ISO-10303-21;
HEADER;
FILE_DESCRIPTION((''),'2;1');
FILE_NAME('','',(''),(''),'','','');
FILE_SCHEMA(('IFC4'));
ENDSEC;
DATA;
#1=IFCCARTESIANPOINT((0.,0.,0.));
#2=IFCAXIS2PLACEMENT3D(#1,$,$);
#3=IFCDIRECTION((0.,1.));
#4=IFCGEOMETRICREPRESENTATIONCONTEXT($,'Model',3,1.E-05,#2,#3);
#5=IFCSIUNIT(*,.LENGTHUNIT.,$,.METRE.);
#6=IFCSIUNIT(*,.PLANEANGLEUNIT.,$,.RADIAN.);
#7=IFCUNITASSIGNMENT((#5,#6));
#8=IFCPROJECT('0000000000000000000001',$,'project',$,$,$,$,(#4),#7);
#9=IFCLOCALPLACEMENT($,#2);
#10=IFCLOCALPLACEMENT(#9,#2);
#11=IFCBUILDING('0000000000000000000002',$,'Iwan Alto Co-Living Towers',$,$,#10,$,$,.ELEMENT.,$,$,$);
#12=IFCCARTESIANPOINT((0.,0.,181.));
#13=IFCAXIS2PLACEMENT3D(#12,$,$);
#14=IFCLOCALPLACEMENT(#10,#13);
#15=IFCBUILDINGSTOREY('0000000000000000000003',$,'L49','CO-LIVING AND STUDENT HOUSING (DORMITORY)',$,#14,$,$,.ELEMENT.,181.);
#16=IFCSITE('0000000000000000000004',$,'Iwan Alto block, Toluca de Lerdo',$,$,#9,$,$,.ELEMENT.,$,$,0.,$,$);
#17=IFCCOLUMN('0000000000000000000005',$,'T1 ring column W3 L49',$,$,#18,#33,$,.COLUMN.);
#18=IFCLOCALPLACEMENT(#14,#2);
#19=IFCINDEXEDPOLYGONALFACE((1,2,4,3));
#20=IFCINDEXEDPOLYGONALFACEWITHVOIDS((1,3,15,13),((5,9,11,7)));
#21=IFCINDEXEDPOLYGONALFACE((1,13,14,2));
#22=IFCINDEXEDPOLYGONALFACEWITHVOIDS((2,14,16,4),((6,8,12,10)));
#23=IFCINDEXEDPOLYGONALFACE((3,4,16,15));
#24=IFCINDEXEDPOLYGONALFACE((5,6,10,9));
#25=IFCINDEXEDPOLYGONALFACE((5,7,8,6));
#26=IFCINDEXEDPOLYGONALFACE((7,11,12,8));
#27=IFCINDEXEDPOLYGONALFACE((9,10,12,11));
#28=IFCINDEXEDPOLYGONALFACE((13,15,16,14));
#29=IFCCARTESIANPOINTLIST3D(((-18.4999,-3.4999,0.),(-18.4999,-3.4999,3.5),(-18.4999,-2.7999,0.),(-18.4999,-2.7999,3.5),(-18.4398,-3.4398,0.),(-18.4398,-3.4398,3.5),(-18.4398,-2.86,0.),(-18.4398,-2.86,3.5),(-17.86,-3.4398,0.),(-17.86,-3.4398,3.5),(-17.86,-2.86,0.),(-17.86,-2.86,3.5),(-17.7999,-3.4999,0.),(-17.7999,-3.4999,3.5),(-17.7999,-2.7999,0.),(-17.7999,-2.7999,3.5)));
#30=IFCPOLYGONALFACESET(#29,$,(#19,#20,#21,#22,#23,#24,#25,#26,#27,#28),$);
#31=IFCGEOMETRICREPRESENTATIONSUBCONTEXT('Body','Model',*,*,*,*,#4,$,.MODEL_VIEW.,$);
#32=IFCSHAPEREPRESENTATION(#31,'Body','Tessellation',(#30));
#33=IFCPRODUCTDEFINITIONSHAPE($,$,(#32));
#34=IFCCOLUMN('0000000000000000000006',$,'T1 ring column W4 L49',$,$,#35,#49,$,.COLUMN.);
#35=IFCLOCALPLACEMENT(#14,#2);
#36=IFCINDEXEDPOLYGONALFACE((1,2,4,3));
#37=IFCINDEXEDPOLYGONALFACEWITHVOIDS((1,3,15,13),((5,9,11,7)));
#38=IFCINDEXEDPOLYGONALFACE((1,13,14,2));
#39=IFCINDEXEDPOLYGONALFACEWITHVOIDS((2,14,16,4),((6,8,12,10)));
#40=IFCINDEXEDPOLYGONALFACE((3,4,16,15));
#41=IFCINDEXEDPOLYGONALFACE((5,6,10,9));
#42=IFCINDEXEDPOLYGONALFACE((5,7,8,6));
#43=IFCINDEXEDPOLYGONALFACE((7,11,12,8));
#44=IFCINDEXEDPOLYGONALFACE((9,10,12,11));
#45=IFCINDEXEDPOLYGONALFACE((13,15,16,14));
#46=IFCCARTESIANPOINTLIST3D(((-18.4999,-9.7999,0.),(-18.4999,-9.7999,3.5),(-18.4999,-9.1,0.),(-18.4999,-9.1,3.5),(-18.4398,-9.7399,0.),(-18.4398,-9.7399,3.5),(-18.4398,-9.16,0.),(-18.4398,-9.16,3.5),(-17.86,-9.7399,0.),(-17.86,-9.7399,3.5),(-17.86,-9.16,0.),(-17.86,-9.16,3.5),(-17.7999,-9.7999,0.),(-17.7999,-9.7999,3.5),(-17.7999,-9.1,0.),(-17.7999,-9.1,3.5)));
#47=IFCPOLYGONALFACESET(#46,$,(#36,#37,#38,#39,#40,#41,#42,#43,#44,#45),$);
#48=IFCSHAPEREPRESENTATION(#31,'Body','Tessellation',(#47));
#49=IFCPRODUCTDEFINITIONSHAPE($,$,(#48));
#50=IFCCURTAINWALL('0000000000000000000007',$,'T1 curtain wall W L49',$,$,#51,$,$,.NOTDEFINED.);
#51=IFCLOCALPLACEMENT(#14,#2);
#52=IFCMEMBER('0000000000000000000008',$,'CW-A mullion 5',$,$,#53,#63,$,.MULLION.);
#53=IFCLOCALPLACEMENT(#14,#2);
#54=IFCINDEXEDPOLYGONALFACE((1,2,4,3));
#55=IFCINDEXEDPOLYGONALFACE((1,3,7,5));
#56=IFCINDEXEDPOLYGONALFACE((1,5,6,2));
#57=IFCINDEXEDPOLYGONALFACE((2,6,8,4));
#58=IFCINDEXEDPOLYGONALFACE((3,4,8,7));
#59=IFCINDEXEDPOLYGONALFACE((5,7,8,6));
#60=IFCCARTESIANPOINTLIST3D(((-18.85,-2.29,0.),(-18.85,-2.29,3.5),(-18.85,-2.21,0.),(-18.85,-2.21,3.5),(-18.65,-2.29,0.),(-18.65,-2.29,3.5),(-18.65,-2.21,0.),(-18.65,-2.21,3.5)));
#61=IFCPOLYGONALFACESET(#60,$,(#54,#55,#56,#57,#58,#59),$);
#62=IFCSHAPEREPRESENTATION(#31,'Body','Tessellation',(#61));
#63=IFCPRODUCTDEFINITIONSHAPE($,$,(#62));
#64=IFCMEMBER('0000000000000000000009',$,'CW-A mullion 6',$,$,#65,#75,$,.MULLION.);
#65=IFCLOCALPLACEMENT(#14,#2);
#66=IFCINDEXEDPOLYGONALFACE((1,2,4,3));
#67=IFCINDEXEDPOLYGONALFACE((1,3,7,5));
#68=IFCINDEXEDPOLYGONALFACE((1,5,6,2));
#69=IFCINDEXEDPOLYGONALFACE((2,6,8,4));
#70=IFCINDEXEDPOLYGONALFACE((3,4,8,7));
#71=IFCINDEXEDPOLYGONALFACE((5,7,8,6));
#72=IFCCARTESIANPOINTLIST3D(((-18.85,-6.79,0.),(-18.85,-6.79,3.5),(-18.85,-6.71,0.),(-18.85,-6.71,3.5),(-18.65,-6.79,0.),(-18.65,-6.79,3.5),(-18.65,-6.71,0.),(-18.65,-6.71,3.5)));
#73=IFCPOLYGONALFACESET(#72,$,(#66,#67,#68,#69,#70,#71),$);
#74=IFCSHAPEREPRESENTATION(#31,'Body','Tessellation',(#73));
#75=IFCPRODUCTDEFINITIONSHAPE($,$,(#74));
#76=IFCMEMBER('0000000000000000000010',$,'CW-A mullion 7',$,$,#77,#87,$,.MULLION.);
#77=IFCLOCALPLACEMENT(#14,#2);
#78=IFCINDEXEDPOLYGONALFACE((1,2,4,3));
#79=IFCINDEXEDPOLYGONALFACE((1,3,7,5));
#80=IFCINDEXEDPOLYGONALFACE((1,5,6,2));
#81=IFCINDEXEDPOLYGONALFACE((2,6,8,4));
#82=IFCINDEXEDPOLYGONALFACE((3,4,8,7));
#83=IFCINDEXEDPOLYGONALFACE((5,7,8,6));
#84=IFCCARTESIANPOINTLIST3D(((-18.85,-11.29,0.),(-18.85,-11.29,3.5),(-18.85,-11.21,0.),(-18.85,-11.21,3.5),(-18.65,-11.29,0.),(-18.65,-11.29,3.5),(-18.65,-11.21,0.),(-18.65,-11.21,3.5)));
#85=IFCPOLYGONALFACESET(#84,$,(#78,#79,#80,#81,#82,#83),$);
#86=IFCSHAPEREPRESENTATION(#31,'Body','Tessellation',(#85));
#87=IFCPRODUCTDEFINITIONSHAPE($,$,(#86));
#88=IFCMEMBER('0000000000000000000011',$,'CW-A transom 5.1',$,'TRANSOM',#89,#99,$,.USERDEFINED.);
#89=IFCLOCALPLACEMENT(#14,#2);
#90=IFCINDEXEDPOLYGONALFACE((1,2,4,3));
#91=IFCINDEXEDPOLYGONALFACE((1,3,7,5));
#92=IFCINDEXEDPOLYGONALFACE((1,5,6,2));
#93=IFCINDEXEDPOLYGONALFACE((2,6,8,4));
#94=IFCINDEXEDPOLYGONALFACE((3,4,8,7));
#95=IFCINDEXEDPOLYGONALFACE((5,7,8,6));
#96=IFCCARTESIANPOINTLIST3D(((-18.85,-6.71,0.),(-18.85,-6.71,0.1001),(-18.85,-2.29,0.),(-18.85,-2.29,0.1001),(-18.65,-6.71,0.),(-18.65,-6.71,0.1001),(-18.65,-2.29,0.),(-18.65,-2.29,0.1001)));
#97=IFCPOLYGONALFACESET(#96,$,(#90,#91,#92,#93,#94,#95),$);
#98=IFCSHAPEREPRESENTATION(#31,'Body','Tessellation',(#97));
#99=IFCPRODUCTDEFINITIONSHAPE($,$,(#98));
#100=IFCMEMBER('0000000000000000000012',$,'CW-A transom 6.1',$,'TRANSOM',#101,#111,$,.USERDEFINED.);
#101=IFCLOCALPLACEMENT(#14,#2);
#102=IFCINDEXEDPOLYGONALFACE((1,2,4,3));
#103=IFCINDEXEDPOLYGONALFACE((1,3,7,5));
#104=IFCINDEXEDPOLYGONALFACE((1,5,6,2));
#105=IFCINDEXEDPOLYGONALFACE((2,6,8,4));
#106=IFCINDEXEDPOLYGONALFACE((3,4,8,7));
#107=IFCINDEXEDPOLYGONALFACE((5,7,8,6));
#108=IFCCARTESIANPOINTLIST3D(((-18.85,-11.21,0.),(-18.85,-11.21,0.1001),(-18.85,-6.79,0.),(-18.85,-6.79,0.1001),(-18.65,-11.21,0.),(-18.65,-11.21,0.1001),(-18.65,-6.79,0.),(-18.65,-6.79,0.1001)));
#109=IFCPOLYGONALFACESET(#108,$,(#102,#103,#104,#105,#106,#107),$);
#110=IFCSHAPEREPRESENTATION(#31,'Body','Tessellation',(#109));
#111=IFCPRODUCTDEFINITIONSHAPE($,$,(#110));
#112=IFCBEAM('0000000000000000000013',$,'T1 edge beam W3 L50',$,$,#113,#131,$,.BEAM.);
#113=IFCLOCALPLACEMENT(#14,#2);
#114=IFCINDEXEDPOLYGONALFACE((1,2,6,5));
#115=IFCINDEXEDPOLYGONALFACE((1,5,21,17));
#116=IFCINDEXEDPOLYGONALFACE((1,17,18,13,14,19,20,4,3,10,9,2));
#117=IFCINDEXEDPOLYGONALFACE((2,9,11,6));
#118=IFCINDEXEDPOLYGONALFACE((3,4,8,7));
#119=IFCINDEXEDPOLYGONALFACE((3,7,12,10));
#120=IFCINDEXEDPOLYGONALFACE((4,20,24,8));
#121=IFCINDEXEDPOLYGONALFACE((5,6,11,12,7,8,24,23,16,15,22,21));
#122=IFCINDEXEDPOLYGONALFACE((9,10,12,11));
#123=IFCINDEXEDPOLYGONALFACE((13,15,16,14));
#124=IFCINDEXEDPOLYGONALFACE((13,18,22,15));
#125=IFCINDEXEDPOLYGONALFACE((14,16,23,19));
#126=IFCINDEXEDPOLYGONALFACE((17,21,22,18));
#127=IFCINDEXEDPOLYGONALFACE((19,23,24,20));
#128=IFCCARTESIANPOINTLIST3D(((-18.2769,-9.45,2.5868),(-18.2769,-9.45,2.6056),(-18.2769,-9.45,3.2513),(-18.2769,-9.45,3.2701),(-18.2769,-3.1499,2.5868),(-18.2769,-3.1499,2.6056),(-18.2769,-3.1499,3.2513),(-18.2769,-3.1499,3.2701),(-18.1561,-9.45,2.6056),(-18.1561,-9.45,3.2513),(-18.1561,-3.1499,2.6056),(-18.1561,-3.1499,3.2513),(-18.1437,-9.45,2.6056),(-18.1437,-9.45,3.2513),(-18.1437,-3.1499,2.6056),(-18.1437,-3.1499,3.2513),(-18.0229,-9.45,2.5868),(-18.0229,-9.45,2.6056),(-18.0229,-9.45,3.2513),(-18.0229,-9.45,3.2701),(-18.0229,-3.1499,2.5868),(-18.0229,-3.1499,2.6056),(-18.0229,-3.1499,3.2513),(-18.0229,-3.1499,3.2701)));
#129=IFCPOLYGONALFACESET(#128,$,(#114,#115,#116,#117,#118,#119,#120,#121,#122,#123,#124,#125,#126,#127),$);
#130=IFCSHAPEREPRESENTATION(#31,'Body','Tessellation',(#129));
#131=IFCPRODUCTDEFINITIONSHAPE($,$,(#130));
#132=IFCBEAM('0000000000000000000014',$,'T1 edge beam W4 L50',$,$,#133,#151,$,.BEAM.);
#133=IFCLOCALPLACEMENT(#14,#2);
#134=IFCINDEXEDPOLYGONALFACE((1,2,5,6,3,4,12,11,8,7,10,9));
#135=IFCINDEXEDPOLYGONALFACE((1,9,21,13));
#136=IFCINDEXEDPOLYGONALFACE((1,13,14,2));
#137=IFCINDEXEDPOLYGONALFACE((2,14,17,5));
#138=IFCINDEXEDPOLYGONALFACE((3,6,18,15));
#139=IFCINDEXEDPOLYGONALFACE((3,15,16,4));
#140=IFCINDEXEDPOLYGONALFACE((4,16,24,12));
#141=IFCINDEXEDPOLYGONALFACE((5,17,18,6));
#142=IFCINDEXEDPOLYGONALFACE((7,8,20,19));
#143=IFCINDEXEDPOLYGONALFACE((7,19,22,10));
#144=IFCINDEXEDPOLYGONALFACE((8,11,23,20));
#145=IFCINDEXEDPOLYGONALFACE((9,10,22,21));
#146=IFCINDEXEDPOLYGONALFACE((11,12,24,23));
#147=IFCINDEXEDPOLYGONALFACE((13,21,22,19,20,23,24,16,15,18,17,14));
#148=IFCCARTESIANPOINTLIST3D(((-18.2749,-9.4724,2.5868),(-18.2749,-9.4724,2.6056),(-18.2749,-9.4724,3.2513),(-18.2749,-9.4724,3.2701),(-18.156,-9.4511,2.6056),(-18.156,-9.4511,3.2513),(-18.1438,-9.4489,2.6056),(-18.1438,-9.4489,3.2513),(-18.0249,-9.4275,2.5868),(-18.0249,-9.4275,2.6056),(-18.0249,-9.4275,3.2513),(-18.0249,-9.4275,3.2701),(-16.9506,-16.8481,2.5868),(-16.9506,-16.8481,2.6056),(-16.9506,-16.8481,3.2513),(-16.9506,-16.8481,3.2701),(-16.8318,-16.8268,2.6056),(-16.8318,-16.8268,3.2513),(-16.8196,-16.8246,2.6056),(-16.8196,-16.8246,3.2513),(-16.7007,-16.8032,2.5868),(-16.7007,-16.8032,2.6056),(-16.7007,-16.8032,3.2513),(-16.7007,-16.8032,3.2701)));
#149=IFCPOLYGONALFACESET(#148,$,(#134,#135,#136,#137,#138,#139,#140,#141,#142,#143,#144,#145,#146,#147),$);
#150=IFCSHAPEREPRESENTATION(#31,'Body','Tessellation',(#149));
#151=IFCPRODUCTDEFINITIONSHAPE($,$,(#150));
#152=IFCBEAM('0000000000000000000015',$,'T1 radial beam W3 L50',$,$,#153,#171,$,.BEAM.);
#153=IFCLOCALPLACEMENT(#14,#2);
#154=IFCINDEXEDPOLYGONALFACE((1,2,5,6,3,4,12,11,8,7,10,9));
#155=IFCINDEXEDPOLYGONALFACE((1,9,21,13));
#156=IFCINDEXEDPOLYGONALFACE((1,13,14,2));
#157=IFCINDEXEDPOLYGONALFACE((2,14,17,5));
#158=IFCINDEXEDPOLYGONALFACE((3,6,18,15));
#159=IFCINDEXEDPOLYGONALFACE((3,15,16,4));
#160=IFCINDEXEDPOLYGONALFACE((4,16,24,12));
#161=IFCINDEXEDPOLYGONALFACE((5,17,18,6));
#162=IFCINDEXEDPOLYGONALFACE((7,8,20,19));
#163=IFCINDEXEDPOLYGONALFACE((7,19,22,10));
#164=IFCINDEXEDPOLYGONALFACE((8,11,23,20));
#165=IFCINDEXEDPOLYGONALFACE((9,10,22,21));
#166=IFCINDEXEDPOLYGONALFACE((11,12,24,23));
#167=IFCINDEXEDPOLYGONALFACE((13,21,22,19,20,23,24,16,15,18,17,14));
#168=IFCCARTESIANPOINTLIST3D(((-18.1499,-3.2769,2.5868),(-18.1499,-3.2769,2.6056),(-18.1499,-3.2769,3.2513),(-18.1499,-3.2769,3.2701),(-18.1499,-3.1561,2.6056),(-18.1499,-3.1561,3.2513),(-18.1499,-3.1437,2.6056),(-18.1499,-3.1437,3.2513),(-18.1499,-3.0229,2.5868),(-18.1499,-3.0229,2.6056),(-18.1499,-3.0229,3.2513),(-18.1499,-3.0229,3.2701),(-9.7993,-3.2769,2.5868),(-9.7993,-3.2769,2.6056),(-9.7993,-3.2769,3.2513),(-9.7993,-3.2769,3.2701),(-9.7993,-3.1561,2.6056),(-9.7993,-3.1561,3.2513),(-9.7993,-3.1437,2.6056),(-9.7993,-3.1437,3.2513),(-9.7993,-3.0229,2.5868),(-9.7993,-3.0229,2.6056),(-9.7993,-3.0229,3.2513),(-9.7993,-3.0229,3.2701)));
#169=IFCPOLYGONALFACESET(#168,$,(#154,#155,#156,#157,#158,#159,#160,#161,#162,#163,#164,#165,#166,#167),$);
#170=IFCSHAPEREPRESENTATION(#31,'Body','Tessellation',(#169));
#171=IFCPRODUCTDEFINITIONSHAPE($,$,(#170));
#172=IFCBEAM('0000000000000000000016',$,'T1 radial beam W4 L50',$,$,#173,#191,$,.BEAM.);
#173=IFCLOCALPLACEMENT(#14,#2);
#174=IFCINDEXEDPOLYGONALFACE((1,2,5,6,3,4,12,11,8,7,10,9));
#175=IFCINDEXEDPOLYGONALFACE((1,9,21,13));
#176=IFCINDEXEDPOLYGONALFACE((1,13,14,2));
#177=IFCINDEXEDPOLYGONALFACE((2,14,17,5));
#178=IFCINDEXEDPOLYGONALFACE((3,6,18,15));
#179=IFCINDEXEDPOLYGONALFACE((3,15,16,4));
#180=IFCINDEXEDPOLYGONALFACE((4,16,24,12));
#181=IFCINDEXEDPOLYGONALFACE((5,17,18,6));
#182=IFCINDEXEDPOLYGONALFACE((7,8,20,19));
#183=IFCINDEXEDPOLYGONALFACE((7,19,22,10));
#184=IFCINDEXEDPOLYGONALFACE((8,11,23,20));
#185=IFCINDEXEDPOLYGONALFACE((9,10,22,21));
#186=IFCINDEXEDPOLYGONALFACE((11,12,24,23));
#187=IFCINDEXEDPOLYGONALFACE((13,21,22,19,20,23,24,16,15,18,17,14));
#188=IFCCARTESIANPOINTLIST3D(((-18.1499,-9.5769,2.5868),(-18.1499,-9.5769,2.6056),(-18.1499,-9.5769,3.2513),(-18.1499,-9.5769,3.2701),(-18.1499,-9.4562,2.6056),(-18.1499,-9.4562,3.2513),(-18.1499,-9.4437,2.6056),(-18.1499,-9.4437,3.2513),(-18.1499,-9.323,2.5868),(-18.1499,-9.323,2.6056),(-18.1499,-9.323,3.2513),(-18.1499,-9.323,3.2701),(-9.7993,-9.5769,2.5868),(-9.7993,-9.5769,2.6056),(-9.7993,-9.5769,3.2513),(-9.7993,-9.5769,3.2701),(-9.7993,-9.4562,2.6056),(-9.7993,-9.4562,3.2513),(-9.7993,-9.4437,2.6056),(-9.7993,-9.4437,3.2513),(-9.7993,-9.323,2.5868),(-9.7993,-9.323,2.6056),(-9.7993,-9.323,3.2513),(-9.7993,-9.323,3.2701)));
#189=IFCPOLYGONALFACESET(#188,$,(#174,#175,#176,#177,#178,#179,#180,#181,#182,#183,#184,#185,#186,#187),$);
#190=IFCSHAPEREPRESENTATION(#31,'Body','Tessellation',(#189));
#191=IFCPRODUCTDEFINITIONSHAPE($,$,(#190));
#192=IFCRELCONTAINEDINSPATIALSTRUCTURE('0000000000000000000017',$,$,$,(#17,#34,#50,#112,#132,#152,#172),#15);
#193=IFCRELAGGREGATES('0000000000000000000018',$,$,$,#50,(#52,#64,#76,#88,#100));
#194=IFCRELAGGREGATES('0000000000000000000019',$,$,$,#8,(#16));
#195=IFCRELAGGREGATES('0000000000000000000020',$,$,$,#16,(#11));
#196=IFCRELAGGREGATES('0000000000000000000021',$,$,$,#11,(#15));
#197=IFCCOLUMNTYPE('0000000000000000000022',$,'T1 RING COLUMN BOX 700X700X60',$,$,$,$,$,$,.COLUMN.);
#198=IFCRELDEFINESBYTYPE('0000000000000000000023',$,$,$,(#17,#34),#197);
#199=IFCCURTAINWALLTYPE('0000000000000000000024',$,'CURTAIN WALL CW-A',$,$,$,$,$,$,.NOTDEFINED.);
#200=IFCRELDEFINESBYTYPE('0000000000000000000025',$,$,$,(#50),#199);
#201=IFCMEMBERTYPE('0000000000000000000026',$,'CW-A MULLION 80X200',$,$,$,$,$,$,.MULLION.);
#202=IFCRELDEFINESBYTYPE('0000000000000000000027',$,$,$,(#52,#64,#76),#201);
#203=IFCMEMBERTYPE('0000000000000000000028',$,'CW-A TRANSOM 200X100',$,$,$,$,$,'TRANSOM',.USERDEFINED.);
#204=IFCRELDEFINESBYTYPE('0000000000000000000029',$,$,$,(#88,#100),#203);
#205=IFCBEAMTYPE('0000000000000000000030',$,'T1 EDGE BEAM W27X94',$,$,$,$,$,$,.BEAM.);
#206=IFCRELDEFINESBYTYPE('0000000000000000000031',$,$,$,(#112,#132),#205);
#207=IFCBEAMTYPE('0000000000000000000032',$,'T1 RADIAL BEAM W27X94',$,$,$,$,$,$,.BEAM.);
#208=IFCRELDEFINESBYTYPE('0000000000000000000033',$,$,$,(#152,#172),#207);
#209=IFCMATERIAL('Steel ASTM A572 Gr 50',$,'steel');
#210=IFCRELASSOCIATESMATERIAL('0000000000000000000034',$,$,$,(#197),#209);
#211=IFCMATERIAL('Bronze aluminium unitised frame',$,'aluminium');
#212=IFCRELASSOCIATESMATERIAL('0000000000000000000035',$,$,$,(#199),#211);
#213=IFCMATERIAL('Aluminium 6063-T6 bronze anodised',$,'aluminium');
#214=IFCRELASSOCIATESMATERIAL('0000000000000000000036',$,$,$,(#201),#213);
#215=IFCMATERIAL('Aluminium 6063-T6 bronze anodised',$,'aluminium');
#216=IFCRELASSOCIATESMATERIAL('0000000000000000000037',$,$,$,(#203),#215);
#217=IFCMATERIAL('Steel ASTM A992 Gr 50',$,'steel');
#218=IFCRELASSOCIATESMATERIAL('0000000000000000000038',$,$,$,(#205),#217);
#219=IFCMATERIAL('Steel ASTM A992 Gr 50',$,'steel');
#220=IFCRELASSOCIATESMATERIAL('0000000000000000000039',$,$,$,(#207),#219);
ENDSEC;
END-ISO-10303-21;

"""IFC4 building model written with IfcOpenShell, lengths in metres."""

from ifc_helpers import new_model, si_unit, direction, frame, origin, origin_2d, place, context, subcontext, project, spatial, rectangle, hollow_rectangle, i_section, extrude, material, material_profile, profile_set, type_object, element, aggregate, save


model = new_model("IFC4")

# Units and contexts
model_context = context("Model", 3, precision=1e-05, world=origin(), true_north=direction((0.0, 1.0)))
body_context = subcontext(model_context, "Body", "Model", "MODEL_VIEW")
ifc_project = project(units=[si_unit("LENGTHUNIT", "METRE"), si_unit("PLANEANGLEUNIT", "RADIAN")], contexts=[model_context])

# Site, building, storey
site_placement = place(None, origin())
site = spatial("IfcSite", under=ifc_project, at=site_placement, Name="Iwan Alto block, Toluca de Lerdo", CompositionType="ELEMENT", RefElevation=0.0)
building_placement = place(site_placement, origin())
building = spatial("IfcBuilding", under=site, at=building_placement, Name="Iwan Alto Co-Living Towers", CompositionType="ELEMENT")
storey_placement = place(building_placement, frame((0.0, 0.0, 181.0)))
storey = spatial("IfcBuildingStorey", under=building, at=storey_placement, Name="L49", Description="CO-LIVING AND STUDENT HOUSING (DORMITORY)", CompositionType="ELEMENT", Elevation=181.0)

# Columns
ifc_material_1 = material(Name="Steel ASTM A572 Gr 50", Category="steel")
ifc_material_profile_1 = material_profile(ifc_material_1, hollow_rectangle(XDim=0.7, YDim=0.7, WallThickness=0.0601, at=origin_2d()), Name="BOX 700X700X60")
ifc_profile_set_1 = profile_set([ifc_material_profile_1], Name="Steel ASTM A572 Gr 50")
column_type = type_object("IfcColumnType", Name="T1 RING COLUMN BOX 700X700X60", PredefinedType="COLUMN", material=ifc_profile_set_1)
for number, where, z_axis, x_axis, name in (
    (1, (-18.1499, -3.1499, 0.0), (0.0, 0.0, 1.0), (1.0, 0.0, 0.0), "T1 ring column W3 L49"),
    (2, (-18.1499, -9.45, 0.0), (0.0, 0.0, 1.0), (1.0, 0.0, 0.0), "T1 ring column W4 L49"),
):
    element("IfcColumn", number, at=place(storey_placement, frame(where, z_axis=z_axis, x_axis=x_axis)), inside=storey, type_object=column_type, Name=name, PredefinedType="COLUMN", context=body_context, shape_type="SweptSolid", body=[
        extrude(hollow_rectangle(XDim=0.7, YDim=0.7, WallThickness=0.0601, at=origin_2d()), origin(), (0.0, 0.0, 1.0), 3.5),
    ])

# Curtain wall, members
ifc_material_2 = material(Name="Bronze aluminium unitised frame", Category="aluminium")
curtain_wall_type = type_object("IfcCurtainWallType", Name="CURTAIN WALL CW-A", PredefinedType="NOTDEFINED", material=ifc_material_2)
curtain_wall_placement = place(storey_placement, origin())
curtain_wall = element("IfcCurtainWall", 3, at=curtain_wall_placement, inside=storey, type_object=curtain_wall_type, Name="T1 curtain wall W L49", PredefinedType="NOTDEFINED")
ifc_material_3 = material(Name="Aluminium 6063-T6 bronze anodised", Category="aluminium")
ifc_material_profile_2 = material_profile(ifc_material_3, rectangle(XDim=0.2, YDim=0.0801, at=origin_2d()), Name="AL 80X200")
ifc_profile_set_2 = profile_set([ifc_material_profile_2], Name="Aluminium 6063-T6 bronze anodised")
member_type_1 = type_object("IfcMemberType", Name="CW-A MULLION 80X200", PredefinedType="MULLION", material=ifc_profile_set_2)
member_1_placement = place(storey_placement, frame((-18.75, -2.25, 0.0), z_axis=(0.0, 0.0, 1.0), x_axis=(1.0, 0.0, 0.0)))
member_1 = element("IfcMember", 4, at=member_1_placement, type_object=member_type_1, Name="CW-A mullion 5", PredefinedType="MULLION", context=body_context, shape_type="SweptSolid", body=[
    extrude(rectangle(XDim=0.2, YDim=0.0801, at=origin_2d()), origin(), (0.0, 0.0, 1.0), 3.5),
])
member_2_placement = place(storey_placement, frame((-18.75, -6.75, 0.0), z_axis=(0.0, 0.0, 1.0), x_axis=(1.0, 0.0, 0.0)))
member_2 = element("IfcMember", 5, at=member_2_placement, type_object=member_type_1, Name="CW-A mullion 6", PredefinedType="MULLION", context=body_context, shape_type="SweptSolid", body=[
    extrude(rectangle(XDim=0.2, YDim=0.0801, at=origin_2d()), origin(), (0.0, 0.0, 1.0), 3.5),
])
member_3_placement = place(storey_placement, frame((-18.75, -11.25, 0.0), z_axis=(0.0, 0.0, 1.0), x_axis=(1.0, 0.0, 0.0)))
member_3 = element("IfcMember", 6, at=member_3_placement, type_object=member_type_1, Name="CW-A mullion 7", PredefinedType="MULLION", context=body_context, shape_type="SweptSolid", body=[
    extrude(rectangle(XDim=0.2, YDim=0.0801, at=origin_2d()), origin(), (0.0, 0.0, 1.0), 3.5),
])
ifc_material_4 = material(Name="Aluminium 6063-T6 bronze anodised", Category="aluminium")
ifc_material_profile_3 = material_profile(ifc_material_4, rectangle(XDim=0.2, YDim=0.1001, at=origin_2d()), Name="AL 200X100")
ifc_profile_set_3 = profile_set([ifc_material_profile_3], Name="Aluminium 6063-T6 bronze anodised")
member_type_2 = type_object("IfcMemberType", Name="CW-A TRANSOM 200X100", ElementType="TRANSOM", PredefinedType="USERDEFINED", material=ifc_profile_set_3)
member_4_placement = place(storey_placement, frame((-18.75, -2.29, 0.05), z_axis=(0.0, -1.0, 0.0), x_axis=(1.0, 0.0, 0.0)))
member_4 = element("IfcMember", 7, at=member_4_placement, type_object=member_type_2, Name="CW-A transom 5.1", ObjectType="TRANSOM", PredefinedType="USERDEFINED", context=body_context, shape_type="SweptSolid", body=[
    extrude(rectangle(XDim=0.2, YDim=0.1001, at=origin_2d()), origin(), (0.0, 0.0, 1.0), 4.4199),
])
member_5_placement = place(storey_placement, frame((-18.75, -6.79, 0.05), z_axis=(0.0, -1.0, 0.0), x_axis=(1.0, 0.0, 0.0)))
member_5 = element("IfcMember", 8, at=member_5_placement, type_object=member_type_2, Name="CW-A transom 6.1", ObjectType="TRANSOM", PredefinedType="USERDEFINED", context=body_context, shape_type="SweptSolid", body=[
    extrude(rectangle(XDim=0.2, YDim=0.1001, at=origin_2d()), origin(), (0.0, 0.0, 1.0), 4.4199),
])

# Beams
ifc_material_5 = material(Name="Steel ASTM A992 Gr 50", Category="steel")
ifc_material_profile_4 = material_profile(ifc_material_5, i_section(OverallWidth=0.2539, OverallDepth=0.6833, WebThickness=0.0125, FlangeThickness=0.0188, at=origin_2d()), Name="W27X94")
ifc_profile_set_4 = profile_set([ifc_material_profile_4], Name="Steel ASTM A992 Gr 50")
beam_type_1 = type_object("IfcBeamType", Name="T1 EDGE BEAM W27X94", PredefinedType="BEAM", material=ifc_profile_set_4)
beam_1_placement = place(storey_placement, frame((-18.1499, -3.1499, 2.9285), z_axis=(0.0, -1.0, 0.0), x_axis=(1.0, 0.0, 0.0)))
element("IfcBeam", 9, at=beam_1_placement, inside=storey, type_object=beam_type_1, Name="T1 edge beam W3 L50", PredefinedType="BEAM", context=body_context, shape_type="SweptSolid", body=[
    extrude(i_section(OverallWidth=0.2539, OverallDepth=0.6833, WebThickness=0.0125, FlangeThickness=0.0188, at=origin_2d()), origin(), (0.0, 0.0, 1.0), 6.3),
])
beam_2_placement = place(storey_placement, frame((-18.1499, -9.45, 2.9285), z_axis=(0.176712, -0.984263, 0.0), x_axis=(0.984263, 0.176712, 0.0)))
element("IfcBeam", 10, at=beam_2_placement, inside=storey, type_object=beam_type_1, Name="T1 edge beam W4 L50", PredefinedType="BEAM", context=body_context, shape_type="SweptSolid", body=[
    extrude(i_section(OverallWidth=0.2539, OverallDepth=0.6833, WebThickness=0.0125, FlangeThickness=0.0188, at=origin_2d()), origin(), (0.0, 0.0, 1.0), 7.4937),
])
ifc_material_6 = material(Name="Steel ASTM A992 Gr 50", Category="steel")
ifc_material_profile_5 = material_profile(ifc_material_6, i_section(OverallWidth=0.2539, OverallDepth=0.6833, WebThickness=0.0125, FlangeThickness=0.0188, at=origin_2d()), Name="W27X94")
ifc_profile_set_5 = profile_set([ifc_material_profile_5], Name="Steel ASTM A992 Gr 50")
beam_type_2 = type_object("IfcBeamType", Name="T1 RADIAL BEAM W27X94", PredefinedType="BEAM", material=ifc_profile_set_5)
for number, where, z_axis, x_axis, name in (
    (11, (-18.1499, -3.1499, 2.9285), (1.0, 0.0, 0.0), (0.0, 1.0, 0.0), "T1 radial beam W3 L50"),
    (12, (-18.1499, -9.45, 2.9285), (1.0, 0.0, 0.0), (0.0, 1.0, 0.0), "T1 radial beam W4 L50"),
):
    element("IfcBeam", number, at=place(storey_placement, frame(where, z_axis=z_axis, x_axis=x_axis)), inside=storey, type_object=beam_type_2, Name=name, PredefinedType="BEAM", context=body_context, shape_type="SweptSolid", body=[
        extrude(i_section(OverallWidth=0.2539, OverallDepth=0.6833, WebThickness=0.0125, FlangeThickness=0.0188, at=origin_2d()), origin(), (0.0, 0.0, 1.0), 8.3506),
    ])

aggregate(curtain_wall, [member_1, member_2, member_3, member_4, member_5])

save(model, "model.ifc")
